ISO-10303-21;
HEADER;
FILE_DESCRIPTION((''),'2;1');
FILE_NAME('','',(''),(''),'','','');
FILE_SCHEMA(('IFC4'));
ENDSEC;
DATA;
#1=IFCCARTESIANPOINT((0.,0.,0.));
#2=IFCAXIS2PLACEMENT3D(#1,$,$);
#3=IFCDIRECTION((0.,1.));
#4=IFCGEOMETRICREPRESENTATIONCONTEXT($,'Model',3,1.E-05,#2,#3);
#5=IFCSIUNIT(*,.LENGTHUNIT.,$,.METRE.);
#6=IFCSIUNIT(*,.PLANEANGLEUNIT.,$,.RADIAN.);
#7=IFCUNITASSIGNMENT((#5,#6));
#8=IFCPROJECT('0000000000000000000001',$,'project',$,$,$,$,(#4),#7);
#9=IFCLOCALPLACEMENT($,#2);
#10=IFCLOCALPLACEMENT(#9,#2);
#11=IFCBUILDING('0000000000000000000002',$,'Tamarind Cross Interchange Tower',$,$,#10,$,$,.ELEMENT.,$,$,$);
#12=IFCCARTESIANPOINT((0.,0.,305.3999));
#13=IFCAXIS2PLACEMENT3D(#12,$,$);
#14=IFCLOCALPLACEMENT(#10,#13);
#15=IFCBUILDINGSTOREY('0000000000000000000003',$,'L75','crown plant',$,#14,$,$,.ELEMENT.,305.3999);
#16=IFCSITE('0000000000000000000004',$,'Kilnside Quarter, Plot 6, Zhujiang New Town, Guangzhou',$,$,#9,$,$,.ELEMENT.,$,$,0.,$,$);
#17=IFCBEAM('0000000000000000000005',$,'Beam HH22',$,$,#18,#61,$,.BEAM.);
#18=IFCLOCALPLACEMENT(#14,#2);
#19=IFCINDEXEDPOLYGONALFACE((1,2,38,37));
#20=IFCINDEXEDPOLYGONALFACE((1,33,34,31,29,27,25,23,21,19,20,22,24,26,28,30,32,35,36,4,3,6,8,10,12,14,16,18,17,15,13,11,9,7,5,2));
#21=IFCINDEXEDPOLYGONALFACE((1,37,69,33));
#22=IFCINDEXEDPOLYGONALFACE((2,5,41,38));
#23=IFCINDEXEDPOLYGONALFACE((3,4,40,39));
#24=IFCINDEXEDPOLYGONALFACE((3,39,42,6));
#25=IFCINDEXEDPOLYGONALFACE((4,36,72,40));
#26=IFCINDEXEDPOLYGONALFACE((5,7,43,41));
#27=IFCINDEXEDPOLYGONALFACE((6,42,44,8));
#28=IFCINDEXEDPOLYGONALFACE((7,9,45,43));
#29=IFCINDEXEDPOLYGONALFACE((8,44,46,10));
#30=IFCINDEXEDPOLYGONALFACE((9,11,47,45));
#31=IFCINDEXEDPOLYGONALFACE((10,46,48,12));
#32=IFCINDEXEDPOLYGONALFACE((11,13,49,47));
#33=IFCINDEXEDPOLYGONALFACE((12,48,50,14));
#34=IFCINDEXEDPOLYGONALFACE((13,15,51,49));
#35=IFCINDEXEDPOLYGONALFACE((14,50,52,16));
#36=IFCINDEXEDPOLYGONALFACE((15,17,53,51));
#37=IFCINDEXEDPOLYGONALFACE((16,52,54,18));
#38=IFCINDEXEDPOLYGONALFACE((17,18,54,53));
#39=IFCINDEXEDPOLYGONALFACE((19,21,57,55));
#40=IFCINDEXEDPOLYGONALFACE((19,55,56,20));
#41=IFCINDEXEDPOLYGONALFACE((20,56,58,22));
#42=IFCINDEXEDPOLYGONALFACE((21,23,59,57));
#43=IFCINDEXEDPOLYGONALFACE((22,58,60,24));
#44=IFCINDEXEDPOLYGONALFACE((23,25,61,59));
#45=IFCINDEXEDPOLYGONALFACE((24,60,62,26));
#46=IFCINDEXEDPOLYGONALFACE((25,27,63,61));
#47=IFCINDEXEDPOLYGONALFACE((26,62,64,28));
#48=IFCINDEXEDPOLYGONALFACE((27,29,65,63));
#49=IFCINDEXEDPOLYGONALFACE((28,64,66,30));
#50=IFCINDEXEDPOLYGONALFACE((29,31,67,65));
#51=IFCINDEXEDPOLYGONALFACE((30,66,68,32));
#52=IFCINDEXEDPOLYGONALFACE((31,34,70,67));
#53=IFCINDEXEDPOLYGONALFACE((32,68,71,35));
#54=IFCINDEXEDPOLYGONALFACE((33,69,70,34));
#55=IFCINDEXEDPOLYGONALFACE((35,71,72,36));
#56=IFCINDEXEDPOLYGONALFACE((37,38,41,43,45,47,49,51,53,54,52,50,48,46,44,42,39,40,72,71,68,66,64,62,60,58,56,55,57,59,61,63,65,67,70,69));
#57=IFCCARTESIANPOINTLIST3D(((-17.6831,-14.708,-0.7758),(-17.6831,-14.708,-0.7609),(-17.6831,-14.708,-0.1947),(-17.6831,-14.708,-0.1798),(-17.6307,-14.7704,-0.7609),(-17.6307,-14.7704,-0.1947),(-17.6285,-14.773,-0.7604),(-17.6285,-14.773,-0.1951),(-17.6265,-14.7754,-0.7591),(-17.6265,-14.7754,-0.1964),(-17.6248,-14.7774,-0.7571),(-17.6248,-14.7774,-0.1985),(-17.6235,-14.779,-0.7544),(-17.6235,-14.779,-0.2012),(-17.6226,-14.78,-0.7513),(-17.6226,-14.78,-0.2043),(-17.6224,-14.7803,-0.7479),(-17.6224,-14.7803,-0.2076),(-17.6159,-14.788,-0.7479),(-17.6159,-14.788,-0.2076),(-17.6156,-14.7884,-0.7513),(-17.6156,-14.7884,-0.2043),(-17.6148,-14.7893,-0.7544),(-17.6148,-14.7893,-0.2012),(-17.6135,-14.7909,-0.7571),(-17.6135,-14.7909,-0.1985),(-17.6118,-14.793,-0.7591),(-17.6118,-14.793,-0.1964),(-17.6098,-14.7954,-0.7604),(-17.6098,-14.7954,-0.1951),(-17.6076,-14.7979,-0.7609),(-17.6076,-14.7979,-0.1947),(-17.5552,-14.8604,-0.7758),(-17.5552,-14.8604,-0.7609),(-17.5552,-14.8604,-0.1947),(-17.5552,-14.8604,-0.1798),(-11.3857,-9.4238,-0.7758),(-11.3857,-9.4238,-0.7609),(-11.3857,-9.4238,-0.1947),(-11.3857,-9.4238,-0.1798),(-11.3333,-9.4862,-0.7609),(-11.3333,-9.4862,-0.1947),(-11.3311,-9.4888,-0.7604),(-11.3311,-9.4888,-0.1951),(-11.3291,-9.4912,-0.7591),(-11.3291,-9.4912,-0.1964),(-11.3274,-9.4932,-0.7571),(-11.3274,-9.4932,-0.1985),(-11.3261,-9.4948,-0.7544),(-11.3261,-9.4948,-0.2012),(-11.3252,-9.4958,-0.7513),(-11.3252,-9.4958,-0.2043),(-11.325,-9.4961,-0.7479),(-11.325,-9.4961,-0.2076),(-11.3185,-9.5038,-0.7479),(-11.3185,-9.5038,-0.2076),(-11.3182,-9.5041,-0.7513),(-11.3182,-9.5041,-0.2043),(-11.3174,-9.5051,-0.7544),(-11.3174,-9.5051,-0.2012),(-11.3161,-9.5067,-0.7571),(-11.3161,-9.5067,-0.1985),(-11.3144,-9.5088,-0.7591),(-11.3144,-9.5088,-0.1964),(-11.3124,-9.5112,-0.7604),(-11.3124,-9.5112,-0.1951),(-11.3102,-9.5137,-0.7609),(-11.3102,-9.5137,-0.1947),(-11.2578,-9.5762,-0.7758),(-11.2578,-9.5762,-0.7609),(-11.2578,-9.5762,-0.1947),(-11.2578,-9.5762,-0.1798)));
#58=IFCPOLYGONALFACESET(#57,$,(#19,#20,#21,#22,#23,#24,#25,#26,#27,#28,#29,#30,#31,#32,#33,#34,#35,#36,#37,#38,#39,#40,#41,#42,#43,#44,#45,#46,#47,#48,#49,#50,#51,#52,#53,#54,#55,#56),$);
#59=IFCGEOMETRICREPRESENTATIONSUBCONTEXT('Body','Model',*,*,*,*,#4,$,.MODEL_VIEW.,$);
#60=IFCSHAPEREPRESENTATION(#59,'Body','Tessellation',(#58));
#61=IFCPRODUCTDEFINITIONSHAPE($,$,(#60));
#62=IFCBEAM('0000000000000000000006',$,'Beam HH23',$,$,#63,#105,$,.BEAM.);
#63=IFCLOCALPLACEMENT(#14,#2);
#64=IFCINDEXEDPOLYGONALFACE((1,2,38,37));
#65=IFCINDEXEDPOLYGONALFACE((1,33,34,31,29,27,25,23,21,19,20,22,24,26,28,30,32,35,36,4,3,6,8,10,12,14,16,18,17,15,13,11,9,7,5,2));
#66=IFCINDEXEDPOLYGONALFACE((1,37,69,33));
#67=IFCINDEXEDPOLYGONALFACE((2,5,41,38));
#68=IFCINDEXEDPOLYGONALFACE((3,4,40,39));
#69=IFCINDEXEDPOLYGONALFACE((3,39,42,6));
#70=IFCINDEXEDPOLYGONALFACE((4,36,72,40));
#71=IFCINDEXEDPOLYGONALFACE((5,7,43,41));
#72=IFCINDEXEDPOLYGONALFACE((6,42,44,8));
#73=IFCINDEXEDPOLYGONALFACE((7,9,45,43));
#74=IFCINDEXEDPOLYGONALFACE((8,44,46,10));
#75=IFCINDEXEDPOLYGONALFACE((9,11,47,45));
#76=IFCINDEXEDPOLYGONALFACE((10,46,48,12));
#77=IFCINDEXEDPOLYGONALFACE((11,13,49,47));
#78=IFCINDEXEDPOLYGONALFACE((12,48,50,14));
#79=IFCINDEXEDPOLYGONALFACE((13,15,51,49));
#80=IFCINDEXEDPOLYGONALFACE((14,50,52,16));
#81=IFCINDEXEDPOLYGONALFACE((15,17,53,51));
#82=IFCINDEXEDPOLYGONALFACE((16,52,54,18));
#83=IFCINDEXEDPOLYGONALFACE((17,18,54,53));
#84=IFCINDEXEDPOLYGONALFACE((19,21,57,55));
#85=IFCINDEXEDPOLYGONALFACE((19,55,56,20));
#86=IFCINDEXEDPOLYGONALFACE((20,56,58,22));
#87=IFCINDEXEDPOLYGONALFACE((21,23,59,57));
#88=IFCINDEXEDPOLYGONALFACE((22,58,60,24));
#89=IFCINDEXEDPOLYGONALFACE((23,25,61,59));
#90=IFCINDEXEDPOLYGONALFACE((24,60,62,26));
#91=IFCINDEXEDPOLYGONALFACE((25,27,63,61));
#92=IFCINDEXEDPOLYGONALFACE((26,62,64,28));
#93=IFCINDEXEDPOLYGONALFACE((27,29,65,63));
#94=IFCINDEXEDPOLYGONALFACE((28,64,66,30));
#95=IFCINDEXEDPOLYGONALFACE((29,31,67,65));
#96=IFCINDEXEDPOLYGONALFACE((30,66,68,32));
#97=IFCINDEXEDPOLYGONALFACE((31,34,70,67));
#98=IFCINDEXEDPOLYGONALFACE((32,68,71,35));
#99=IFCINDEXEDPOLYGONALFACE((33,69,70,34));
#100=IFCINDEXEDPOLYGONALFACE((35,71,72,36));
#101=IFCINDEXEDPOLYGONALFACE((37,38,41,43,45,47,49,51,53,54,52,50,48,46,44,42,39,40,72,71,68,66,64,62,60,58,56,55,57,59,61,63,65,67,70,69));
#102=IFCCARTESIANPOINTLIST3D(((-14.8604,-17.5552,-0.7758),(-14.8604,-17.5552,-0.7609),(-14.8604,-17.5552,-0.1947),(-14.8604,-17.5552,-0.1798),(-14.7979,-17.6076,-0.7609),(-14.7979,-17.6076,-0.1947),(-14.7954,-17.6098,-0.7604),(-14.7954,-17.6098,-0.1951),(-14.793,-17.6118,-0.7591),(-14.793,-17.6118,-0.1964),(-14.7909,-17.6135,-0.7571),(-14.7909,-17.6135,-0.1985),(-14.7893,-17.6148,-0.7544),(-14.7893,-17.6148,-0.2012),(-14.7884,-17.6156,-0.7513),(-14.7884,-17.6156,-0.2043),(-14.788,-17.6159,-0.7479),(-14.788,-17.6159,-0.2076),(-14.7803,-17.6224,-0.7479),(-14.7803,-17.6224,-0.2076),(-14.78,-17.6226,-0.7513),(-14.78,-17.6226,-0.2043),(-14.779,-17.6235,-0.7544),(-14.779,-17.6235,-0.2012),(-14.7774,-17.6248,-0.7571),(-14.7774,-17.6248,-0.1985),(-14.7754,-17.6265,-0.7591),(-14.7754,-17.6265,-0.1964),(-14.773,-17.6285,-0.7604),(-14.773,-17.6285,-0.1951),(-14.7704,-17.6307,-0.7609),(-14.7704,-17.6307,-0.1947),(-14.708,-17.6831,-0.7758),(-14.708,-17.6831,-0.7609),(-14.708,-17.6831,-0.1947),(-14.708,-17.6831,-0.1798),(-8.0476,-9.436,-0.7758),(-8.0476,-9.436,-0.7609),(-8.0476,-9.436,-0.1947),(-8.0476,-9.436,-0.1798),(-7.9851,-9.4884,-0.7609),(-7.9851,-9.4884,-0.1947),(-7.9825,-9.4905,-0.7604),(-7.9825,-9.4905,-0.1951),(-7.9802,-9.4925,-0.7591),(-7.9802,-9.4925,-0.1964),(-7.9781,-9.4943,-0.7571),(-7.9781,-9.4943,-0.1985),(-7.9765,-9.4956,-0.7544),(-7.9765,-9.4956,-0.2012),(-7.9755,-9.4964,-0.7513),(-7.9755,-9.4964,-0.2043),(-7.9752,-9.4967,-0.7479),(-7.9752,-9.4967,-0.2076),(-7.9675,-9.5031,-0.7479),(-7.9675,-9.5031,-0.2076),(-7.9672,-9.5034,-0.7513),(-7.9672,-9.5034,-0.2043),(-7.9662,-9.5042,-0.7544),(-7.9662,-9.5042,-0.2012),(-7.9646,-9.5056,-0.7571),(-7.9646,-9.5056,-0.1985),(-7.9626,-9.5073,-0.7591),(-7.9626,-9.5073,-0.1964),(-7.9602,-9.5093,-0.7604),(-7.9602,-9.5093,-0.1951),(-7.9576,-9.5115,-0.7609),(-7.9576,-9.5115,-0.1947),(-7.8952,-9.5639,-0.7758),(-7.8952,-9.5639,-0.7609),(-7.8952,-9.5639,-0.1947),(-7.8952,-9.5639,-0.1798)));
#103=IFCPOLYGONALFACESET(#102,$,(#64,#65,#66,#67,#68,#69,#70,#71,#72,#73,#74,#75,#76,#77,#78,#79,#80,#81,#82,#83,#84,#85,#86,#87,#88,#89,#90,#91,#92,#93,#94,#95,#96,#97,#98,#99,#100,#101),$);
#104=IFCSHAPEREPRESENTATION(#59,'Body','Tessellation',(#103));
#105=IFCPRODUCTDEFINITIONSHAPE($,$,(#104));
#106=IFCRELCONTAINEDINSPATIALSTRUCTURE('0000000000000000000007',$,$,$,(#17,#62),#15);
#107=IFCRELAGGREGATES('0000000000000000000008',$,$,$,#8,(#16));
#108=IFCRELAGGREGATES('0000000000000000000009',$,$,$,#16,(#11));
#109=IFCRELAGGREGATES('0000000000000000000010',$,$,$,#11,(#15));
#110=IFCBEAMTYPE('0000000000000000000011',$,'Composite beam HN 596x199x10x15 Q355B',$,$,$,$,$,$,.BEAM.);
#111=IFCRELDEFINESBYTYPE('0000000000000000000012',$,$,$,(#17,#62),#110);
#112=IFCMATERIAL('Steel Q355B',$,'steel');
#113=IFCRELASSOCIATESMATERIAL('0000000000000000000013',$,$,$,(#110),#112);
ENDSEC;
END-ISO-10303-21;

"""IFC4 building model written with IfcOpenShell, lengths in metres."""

from ifc_helpers import new_model, si_unit, direction, frame, origin, origin_2d, place, context, subcontext, project, spatial, i_section, extrude, material, material_profile, profile_set, type_object, element, save


model = new_model("IFC4")

# Units and contexts
model_context = context("Model", 3, precision=1e-05, world=origin(), true_north=direction((0.0, 1.0)))
body_context = subcontext(model_context, "Body", "Model", "MODEL_VIEW")
ifc_project = project(units=[si_unit("LENGTHUNIT", "METRE"), si_unit("PLANEANGLEUNIT", "RADIAN")], contexts=[model_context])

# Site, building, storey
site_placement = place(None, origin())
site = spatial("IfcSite", under=ifc_project, at=site_placement, Name="Kilnside Quarter, Plot 6, Zhujiang New Town, Guangzhou", CompositionType="ELEMENT", RefElevation=0.0)
building_placement = place(site_placement, origin())
building = spatial("IfcBuilding", under=site, at=building_placement, Name="Tamarind Cross Interchange Tower", CompositionType="ELEMENT")
storey_placement = place(building_placement, frame((0.0, 0.0, 305.3999)))
storey = spatial("IfcBuildingStorey", under=building, at=storey_placement, Name="L75", Description="crown plant", CompositionType="ELEMENT", Elevation=305.3999)

# Beams
ifc_material_1 = material(Name="Steel Q355B", Category="steel")
ifc_material_profile_1 = material_profile(ifc_material_1, i_section(OverallWidth=0.199, OverallDepth=0.5959, WebThickness=0.01, FlangeThickness=0.0149, FilletRadius=0.0129, at=origin_2d()), Name="HN 596x199x10x15")
ifc_profile_set_1 = profile_set([ifc_material_profile_1], Name="Steel Q355B")
beam_type = type_object("IfcBeamType", Name="Composite beam HN 596x199x10x15 Q355B", PredefinedType="BEAM", material=ifc_profile_set_1)
beam_1_placement = place(storey_placement, frame((-17.6191, -14.7842, -0.4778), z_axis=(0.766041, 0.642792, 0.0), x_axis=(-0.642792, 0.766041, 0.0)))
element("IfcBeam", 1, at=beam_1_placement, inside=storey, type_object=beam_type, Name="Beam HH22", PredefinedType="BEAM", context=body_context, shape_type="SweptSolid", body=[
    extrude(i_section(OverallWidth=0.199, OverallDepth=0.5959, WebThickness=0.01, FlangeThickness=0.0149, FilletRadius=0.0129, at=origin_2d()), origin(), (0.0, 0.0, 1.0), 8.2207),
])
beam_2_placement = place(storey_placement, frame((-14.7842, -17.6191, -0.4778), z_axis=(0.642786, 0.766046, 0.0), x_axis=(-0.766046, 0.642786, 0.0)))
element("IfcBeam", 2, at=beam_2_placement, inside=storey, type_object=beam_type, Name="Beam HH23", PredefinedType="BEAM", context=body_context, shape_type="SweptSolid", body=[
    extrude(i_section(OverallWidth=0.199, OverallDepth=0.5959, WebThickness=0.01, FlangeThickness=0.0149, FilletRadius=0.0129, at=origin_2d()), origin(), (0.0, 0.0, 1.0), 10.5989),
])

save(model, "model.ifc")
